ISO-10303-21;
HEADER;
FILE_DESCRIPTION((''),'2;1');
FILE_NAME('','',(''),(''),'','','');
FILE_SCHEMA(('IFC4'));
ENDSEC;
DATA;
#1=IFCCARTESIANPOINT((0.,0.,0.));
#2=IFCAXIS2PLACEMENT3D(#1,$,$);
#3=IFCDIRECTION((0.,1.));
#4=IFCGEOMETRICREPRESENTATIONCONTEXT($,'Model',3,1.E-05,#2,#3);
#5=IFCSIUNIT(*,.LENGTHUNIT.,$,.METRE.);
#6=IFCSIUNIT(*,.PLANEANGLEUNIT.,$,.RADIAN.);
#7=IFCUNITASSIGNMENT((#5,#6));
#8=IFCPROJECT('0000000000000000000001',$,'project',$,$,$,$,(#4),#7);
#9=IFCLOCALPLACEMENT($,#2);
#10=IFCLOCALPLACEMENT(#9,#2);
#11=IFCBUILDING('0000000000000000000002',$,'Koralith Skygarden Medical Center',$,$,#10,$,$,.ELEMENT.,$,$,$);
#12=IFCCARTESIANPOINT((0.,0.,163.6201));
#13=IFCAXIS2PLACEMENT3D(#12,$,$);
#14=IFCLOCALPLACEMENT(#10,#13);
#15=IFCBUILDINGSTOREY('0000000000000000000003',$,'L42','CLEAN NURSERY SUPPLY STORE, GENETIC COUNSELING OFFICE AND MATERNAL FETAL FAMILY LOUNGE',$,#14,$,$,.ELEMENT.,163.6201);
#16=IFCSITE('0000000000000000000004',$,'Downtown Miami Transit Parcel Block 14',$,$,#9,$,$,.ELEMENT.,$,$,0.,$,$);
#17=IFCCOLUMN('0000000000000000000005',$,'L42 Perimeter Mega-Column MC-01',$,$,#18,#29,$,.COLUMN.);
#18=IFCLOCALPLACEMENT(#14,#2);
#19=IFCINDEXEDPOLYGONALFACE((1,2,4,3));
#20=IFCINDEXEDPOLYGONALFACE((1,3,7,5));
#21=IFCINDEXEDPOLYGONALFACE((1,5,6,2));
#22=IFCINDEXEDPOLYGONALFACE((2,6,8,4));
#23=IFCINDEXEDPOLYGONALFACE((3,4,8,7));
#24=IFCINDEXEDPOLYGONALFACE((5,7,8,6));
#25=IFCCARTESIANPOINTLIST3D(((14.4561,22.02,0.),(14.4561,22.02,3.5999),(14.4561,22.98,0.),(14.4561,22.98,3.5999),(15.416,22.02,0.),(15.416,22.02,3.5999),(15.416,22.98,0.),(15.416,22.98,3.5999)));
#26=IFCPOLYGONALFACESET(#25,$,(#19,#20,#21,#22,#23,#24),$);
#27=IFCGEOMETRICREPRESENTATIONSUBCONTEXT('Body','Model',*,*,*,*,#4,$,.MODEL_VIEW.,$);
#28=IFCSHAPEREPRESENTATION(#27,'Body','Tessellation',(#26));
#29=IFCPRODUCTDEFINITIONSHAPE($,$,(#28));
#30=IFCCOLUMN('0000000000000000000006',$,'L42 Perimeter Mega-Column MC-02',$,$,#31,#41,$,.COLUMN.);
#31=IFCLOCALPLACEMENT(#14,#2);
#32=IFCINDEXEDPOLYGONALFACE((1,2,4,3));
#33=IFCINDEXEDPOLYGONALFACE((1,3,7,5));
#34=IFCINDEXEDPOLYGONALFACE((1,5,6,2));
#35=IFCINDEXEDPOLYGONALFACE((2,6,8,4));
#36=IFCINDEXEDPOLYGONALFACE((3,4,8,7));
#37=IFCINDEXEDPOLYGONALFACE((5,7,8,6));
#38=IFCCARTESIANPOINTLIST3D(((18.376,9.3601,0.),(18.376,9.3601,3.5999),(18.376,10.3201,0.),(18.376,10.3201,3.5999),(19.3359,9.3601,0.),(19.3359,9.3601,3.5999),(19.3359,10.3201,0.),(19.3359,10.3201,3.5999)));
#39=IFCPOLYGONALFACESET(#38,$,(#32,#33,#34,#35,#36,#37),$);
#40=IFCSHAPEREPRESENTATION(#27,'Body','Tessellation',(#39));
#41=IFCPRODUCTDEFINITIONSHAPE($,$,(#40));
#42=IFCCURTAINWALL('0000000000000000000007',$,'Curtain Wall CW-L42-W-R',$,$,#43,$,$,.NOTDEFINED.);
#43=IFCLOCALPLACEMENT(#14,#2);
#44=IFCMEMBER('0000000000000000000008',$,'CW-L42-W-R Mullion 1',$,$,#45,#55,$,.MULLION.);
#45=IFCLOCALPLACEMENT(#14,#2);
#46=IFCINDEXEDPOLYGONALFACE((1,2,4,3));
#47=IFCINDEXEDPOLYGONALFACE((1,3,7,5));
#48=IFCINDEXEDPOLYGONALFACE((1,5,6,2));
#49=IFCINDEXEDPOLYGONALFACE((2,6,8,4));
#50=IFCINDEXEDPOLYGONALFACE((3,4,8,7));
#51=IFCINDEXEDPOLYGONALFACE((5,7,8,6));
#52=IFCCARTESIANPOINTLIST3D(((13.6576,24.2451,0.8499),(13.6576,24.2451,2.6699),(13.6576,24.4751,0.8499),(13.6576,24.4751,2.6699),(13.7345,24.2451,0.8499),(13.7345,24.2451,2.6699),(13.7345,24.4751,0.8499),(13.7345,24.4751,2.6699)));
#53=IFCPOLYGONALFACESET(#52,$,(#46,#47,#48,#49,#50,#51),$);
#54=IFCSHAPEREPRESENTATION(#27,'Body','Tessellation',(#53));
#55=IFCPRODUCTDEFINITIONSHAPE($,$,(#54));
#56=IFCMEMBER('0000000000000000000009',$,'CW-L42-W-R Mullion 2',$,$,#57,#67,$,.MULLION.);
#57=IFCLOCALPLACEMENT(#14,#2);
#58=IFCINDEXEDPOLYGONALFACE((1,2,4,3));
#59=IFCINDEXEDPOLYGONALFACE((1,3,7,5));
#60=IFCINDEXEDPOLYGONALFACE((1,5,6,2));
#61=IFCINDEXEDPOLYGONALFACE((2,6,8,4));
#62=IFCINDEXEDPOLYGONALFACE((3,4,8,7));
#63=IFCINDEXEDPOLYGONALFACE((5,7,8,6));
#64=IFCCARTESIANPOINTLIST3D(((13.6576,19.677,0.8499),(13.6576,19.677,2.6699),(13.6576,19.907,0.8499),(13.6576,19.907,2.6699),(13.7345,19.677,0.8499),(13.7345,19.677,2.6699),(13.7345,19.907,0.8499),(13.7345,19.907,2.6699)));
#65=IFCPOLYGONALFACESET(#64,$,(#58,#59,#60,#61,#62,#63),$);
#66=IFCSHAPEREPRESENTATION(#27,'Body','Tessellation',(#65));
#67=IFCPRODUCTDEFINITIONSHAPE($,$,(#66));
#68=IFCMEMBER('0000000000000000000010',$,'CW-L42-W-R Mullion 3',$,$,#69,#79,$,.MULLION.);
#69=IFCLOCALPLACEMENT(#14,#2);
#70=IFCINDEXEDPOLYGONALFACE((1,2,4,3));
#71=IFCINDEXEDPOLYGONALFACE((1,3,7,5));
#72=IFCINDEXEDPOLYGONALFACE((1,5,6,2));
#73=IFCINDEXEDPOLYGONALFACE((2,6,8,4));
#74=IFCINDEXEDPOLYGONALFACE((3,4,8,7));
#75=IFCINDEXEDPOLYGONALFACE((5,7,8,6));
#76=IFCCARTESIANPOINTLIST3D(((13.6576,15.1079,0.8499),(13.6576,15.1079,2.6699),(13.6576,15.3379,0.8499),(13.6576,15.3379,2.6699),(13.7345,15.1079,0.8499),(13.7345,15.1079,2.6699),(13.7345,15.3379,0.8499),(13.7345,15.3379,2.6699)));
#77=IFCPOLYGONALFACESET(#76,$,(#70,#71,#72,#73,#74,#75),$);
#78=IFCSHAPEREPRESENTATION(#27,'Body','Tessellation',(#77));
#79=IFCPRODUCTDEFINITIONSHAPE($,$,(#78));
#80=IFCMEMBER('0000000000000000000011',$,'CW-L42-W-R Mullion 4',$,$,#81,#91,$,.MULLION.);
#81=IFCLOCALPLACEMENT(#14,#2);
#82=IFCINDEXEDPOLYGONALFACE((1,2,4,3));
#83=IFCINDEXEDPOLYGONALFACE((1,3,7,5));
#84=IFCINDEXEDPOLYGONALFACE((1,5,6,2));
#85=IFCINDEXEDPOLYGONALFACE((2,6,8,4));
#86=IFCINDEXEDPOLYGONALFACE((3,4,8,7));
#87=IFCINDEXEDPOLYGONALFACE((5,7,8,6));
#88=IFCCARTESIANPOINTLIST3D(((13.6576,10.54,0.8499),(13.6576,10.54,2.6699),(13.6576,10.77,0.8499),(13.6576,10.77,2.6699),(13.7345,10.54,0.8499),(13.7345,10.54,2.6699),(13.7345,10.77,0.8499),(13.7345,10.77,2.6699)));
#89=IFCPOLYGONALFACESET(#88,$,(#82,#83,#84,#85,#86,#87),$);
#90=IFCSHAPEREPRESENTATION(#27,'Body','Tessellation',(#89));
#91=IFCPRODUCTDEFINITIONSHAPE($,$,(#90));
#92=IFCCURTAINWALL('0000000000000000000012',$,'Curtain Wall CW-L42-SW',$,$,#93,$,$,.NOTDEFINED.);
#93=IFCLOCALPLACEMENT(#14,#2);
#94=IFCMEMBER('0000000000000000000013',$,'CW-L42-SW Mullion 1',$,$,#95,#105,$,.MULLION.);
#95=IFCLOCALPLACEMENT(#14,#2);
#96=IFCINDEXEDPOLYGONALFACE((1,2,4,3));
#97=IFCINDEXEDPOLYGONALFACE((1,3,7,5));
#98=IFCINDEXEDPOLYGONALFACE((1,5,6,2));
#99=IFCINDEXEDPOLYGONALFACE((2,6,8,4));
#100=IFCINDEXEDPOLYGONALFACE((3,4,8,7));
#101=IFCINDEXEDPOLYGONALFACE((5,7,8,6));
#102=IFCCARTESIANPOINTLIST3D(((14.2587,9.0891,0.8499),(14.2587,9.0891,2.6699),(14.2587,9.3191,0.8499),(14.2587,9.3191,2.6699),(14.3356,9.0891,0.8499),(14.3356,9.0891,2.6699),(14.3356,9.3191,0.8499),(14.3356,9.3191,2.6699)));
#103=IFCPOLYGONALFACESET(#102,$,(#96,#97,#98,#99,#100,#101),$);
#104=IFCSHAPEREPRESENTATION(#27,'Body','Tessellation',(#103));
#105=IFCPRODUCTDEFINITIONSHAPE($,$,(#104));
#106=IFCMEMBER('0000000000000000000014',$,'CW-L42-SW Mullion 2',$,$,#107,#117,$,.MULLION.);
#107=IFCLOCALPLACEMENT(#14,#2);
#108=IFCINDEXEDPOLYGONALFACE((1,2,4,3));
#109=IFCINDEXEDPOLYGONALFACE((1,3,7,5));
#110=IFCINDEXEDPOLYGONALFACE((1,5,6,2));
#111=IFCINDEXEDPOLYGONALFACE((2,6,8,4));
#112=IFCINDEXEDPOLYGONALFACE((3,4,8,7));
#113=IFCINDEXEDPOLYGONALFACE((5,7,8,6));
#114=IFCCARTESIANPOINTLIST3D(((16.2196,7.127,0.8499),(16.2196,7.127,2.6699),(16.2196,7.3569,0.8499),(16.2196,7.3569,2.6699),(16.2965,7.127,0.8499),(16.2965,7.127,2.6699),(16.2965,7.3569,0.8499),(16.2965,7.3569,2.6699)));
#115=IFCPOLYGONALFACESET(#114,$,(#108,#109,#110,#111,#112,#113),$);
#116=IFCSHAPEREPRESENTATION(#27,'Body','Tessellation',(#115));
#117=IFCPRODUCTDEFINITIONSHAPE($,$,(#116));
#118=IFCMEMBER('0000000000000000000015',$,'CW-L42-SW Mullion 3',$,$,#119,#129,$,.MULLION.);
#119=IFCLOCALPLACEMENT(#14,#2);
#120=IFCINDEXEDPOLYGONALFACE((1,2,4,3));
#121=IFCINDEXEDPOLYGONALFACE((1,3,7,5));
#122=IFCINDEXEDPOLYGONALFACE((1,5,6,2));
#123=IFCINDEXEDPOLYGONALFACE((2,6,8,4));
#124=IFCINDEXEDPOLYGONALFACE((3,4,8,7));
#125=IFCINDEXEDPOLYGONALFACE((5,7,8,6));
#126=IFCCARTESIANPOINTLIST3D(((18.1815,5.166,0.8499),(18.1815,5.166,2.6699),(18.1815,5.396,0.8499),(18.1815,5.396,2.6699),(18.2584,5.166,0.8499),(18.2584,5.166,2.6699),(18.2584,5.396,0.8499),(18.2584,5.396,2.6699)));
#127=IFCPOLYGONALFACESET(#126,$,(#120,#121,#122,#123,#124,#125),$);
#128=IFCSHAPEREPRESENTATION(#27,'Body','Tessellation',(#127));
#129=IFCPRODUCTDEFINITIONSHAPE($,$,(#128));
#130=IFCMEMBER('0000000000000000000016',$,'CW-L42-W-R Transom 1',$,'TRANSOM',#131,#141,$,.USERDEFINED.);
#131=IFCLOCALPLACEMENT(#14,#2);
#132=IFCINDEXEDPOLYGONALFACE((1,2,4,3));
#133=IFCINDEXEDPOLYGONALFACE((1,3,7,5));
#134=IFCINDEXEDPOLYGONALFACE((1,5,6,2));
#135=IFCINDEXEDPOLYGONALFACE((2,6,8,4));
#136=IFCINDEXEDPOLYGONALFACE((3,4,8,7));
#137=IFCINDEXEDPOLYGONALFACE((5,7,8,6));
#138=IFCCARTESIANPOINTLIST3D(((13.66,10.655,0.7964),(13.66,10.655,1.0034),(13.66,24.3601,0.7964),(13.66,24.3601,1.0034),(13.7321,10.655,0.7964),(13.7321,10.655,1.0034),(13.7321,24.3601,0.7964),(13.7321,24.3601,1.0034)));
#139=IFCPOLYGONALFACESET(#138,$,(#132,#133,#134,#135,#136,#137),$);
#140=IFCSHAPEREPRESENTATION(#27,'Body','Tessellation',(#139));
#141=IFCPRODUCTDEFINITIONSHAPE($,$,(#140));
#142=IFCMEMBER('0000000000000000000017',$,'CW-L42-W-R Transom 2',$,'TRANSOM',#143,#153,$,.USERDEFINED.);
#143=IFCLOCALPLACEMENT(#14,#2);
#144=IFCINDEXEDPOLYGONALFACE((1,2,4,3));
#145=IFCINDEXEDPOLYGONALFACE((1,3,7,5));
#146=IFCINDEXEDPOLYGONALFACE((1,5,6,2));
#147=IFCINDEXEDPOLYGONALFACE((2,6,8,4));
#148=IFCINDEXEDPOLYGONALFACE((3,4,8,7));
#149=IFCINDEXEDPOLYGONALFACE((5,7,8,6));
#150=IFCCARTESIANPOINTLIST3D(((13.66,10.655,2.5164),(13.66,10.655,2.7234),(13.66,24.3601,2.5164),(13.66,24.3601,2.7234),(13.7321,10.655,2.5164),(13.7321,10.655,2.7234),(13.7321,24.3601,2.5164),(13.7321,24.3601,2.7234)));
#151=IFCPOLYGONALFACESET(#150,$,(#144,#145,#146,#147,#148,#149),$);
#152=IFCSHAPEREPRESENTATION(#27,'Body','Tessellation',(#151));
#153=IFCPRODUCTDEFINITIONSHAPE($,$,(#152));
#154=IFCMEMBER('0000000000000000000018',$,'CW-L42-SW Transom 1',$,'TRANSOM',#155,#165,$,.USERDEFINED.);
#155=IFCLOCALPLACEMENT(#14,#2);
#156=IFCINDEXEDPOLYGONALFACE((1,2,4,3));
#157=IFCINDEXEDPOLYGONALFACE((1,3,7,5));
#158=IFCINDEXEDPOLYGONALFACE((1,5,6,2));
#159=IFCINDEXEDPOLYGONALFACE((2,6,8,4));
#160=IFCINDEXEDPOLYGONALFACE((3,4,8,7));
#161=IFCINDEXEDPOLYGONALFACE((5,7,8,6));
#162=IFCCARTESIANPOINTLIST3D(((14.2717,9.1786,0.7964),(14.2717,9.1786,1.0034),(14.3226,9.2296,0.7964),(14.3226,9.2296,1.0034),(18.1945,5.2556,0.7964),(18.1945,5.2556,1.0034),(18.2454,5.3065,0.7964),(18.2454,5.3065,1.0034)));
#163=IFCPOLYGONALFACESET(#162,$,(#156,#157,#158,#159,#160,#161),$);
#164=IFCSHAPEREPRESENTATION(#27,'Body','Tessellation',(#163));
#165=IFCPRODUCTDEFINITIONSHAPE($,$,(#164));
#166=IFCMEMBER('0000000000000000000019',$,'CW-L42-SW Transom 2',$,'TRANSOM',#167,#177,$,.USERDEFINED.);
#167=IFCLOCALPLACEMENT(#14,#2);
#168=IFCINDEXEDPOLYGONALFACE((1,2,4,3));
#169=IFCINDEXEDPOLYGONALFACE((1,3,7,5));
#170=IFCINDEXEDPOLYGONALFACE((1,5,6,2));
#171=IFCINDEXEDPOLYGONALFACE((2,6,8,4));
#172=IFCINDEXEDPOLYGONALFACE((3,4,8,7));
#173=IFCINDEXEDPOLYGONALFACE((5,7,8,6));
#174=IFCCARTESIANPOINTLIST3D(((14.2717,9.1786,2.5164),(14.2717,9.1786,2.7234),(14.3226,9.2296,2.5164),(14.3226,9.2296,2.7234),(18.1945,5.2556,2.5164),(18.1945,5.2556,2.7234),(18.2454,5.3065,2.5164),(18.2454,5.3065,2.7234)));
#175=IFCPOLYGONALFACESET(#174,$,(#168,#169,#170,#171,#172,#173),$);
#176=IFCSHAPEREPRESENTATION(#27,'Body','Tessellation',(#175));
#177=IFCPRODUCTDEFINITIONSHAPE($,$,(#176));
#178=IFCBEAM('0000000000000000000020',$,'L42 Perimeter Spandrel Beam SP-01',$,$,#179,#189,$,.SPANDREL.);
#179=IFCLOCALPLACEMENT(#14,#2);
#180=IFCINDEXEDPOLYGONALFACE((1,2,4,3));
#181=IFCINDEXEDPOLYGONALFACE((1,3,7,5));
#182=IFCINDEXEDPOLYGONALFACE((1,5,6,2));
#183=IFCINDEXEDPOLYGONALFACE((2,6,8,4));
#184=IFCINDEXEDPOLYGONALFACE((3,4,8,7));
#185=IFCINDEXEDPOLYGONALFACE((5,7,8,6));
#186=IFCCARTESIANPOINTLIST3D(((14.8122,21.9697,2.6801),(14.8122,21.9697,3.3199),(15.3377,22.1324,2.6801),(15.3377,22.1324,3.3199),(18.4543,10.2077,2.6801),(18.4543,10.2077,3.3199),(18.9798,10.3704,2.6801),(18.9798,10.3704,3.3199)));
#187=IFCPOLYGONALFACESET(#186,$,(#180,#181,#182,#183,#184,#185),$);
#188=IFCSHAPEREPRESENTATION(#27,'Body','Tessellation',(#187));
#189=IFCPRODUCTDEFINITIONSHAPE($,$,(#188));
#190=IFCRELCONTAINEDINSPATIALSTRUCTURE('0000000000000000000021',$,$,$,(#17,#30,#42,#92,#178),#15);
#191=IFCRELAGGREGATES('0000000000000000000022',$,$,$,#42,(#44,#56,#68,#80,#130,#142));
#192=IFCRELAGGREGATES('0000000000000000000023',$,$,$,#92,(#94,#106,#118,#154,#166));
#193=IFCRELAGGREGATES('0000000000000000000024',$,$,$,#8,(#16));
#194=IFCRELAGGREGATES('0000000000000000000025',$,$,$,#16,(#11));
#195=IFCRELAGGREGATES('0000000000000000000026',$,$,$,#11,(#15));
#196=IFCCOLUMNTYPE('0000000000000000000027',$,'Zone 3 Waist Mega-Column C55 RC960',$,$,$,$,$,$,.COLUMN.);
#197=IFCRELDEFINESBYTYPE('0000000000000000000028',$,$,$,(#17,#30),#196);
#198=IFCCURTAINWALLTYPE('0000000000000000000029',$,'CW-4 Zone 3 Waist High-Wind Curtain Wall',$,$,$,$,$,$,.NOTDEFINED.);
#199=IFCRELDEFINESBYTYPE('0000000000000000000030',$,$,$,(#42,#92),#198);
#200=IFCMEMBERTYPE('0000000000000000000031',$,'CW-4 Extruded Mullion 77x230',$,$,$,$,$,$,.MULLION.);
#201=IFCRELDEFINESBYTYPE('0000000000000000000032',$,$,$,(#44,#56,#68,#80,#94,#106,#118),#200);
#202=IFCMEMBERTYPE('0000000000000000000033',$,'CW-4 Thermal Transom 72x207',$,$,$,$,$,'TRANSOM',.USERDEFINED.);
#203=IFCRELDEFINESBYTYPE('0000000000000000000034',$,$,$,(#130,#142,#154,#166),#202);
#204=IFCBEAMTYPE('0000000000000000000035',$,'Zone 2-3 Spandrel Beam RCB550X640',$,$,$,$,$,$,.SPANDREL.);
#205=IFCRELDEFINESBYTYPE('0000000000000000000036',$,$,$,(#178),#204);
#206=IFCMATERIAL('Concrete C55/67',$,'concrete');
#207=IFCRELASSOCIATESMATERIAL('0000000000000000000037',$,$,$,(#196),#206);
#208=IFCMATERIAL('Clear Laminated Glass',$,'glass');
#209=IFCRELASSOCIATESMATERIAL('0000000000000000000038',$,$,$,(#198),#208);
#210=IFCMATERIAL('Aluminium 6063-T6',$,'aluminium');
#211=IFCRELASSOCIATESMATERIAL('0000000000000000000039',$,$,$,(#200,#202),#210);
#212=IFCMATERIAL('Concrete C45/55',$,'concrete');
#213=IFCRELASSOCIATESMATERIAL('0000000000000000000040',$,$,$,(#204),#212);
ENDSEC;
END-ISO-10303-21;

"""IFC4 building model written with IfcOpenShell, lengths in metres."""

from ifc_helpers import new_model, si_unit, direction, frame, origin, origin_2d, place, context, subcontext, project, spatial, rectangle, extrude, material, material_profile, profile_set, type_object, element, aggregate, save


model = new_model("IFC4")

# Units and contexts
model_context = context("Model", 3, precision=1e-05, world=origin(), true_north=direction((0.0, 1.0)))
body_context = subcontext(model_context, "Body", "Model", "MODEL_VIEW")
ifc_project = project(units=[si_unit("LENGTHUNIT", "METRE"), si_unit("PLANEANGLEUNIT", "RADIAN")], contexts=[model_context])

# Site, building, storey
site_placement = place(None, origin())
site = spatial("IfcSite", under=ifc_project, at=site_placement, Name="Downtown Miami Transit Parcel Block 14", CompositionType="ELEMENT", RefElevation=0.0)
building_placement = place(site_placement, origin())
building = spatial("IfcBuilding", under=site, at=building_placement, Name="Koralith Skygarden Medical Center", CompositionType="ELEMENT")
storey_placement = place(building_placement, frame((0.0, 0.0, 163.6201)))
storey = spatial("IfcBuildingStorey", under=building, at=storey_placement, Name="L42", Description="CLEAN NURSERY SUPPLY STORE, GENETIC COUNSELING OFFICE AND MATERNAL FETAL FAMILY LOUNGE", CompositionType="ELEMENT", Elevation=163.6201)

# Columns
ifc_material_1 = material(Name="Concrete C55/67", Category="concrete")
ifc_material_profile_1 = material_profile(ifc_material_1, rectangle(XDim=0.96, YDim=0.96, at=origin_2d()), Name="RC960X960")
ifc_profile_set_1 = profile_set([ifc_material_profile_1], Name="Concrete C55/67")
column_type = type_object("IfcColumnType", Name="Zone 3 Waist Mega-Column C55 RC960", PredefinedType="COLUMN", material=ifc_profile_set_1)
for number, where, z_axis, x_axis, name in (
    (1, (14.936, 22.5, 0.0), (0.0, 0.0, 1.0), (1.0, 0.0, 0.0), "L42 Perimeter Mega-Column MC-01"),
    (2, (18.856, 9.8401, 0.0), (0.0, 0.0, 1.0), (1.0, 0.0, 0.0), "L42 Perimeter Mega-Column MC-02"),
):
    element("IfcColumn", number, at=place(storey_placement, frame(where, z_axis=z_axis, x_axis=x_axis)), inside=storey, type_object=column_type, Name=name, PredefinedType="COLUMN", context=body_context, shape_type="SweptSolid", body=[
        extrude(rectangle(XDim=0.96, YDim=0.96, at=origin_2d()), origin(), (0.0, 0.0, 1.0), 3.5999),
    ])

# Curtain walls, members
ifc_material_2 = material(Name="Clear Laminated Glass", Category="glass")
curtain_wall_type = type_object("IfcCurtainWallType", Name="CW-4 Zone 3 Waist High-Wind Curtain Wall", PredefinedType="NOTDEFINED", material=ifc_material_2)
curtain_wall_1_placement = place(storey_placement, origin())
curtain_wall_1 = element("IfcCurtainWall", 3, at=curtain_wall_1_placement, inside=storey, type_object=curtain_wall_type, Name="Curtain Wall CW-L42-W-R", PredefinedType="NOTDEFINED")
ifc_material_3 = material(Name="Aluminium 6063-T6", Category="aluminium")
ifc_material_profile_2 = material_profile(ifc_material_3, rectangle(XDim=0.0769, YDim=0.23, at=origin_2d()), Name="MUL77X230")
ifc_profile_set_2 = profile_set([ifc_material_profile_2], Name="Aluminium 6063-T6")
member_type_1 = type_object("IfcMemberType", Name="CW-4 Extruded Mullion 77x230", PredefinedType="MULLION", material=ifc_profile_set_2)
member_1_placement = place(storey_placement, frame((13.696, 24.3601, 0.8499), z_axis=(0.0, 0.0, 1.0), x_axis=(1.0, 0.0, 0.0)))
member_1 = element("IfcMember", 4, at=member_1_placement, type_object=member_type_1, Name="CW-L42-W-R Mullion 1", PredefinedType="MULLION", context=body_context, shape_type="SweptSolid", body=[
    extrude(rectangle(XDim=0.0769, YDim=0.23, at=origin_2d()), origin(), (0.0, 0.0, 1.0), 1.8201),
])
member_2_placement = place(storey_placement, frame((13.696, 19.792, 0.8499), z_axis=(0.0, 0.0, 1.0), x_axis=(1.0, 0.0, 0.0)))
member_2 = element("IfcMember", 5, at=member_2_placement, type_object=member_type_1, Name="CW-L42-W-R Mullion 2", PredefinedType="MULLION", context=body_context, shape_type="SweptSolid", body=[
    extrude(rectangle(XDim=0.0769, YDim=0.23, at=origin_2d()), origin(), (0.0, 0.0, 1.0), 1.8201),
])
member_3_placement = place(storey_placement, frame((13.696, 15.2229, 0.8499), z_axis=(0.0, 0.0, 1.0), x_axis=(1.0, 0.0, 0.0)))
member_3 = element("IfcMember", 6, at=member_3_placement, type_object=member_type_1, Name="CW-L42-W-R Mullion 3", PredefinedType="MULLION", context=body_context, shape_type="SweptSolid", body=[
    extrude(rectangle(XDim=0.0769, YDim=0.23, at=origin_2d()), origin(), (0.0, 0.0, 1.0), 1.8201),
])
member_4_placement = place(storey_placement, frame((13.696, 10.655, 0.8499), z_axis=(0.0, 0.0, 1.0), x_axis=(1.0, 0.0, 0.0)))
member_4 = element("IfcMember", 7, at=member_4_placement, type_object=member_type_1, Name="CW-L42-W-R Mullion 4", PredefinedType="MULLION", context=body_context, shape_type="SweptSolid", body=[
    extrude(rectangle(XDim=0.0769, YDim=0.23, at=origin_2d()), origin(), (0.0, 0.0, 1.0), 1.8201),
])
curtain_wall_2_placement = place(storey_placement, origin())
curtain_wall_2 = element("IfcCurtainWall", 8, at=curtain_wall_2_placement, inside=storey, type_object=curtain_wall_type, Name="Curtain Wall CW-L42-SW", PredefinedType="NOTDEFINED")
member_5_placement = place(storey_placement, frame((14.2971, 9.2041, 0.8499), z_axis=(0.0, 0.0, 1.0), x_axis=(1.0, 0.0, 0.0)))
member_5 = element("IfcMember", 9, at=member_5_placement, type_object=member_type_1, Name="CW-L42-SW Mullion 1", PredefinedType="MULLION", context=body_context, shape_type="SweptSolid", body=[
    extrude(rectangle(XDim=0.0769, YDim=0.23, at=origin_2d()), origin(), (0.0, 0.0, 1.0), 1.8201),
])
member_6_placement = place(storey_placement, frame((16.2581, 7.2419, 0.8499), z_axis=(0.0, 0.0, 1.0), x_axis=(1.0, 0.0, 0.0)))
member_6 = element("IfcMember", 10, at=member_6_placement, type_object=member_type_1, Name="CW-L42-SW Mullion 2", PredefinedType="MULLION", context=body_context, shape_type="SweptSolid", body=[
    extrude(rectangle(XDim=0.0769, YDim=0.23, at=origin_2d()), origin(), (0.0, 0.0, 1.0), 1.8201),
])
member_7_placement = place(storey_placement, frame((18.22, 5.281, 0.8499), z_axis=(0.0, 0.0, 1.0), x_axis=(1.0, 0.0, 0.0)))
member_7 = element("IfcMember", 11, at=member_7_placement, type_object=member_type_1, Name="CW-L42-SW Mullion 3", PredefinedType="MULLION", context=body_context, shape_type="SweptSolid", body=[
    extrude(rectangle(XDim=0.0769, YDim=0.23, at=origin_2d()), origin(), (0.0, 0.0, 1.0), 1.8201),
])

# Members
ifc_material_profile_3 = material_profile(ifc_material_3, rectangle(XDim=0.072, YDim=0.207, at=origin_2d()), Name="TRN72X207")
ifc_profile_set_3 = profile_set([ifc_material_profile_3], Name="Aluminium 6063-T6")
member_type_2 = type_object("IfcMemberType", Name="CW-4 Thermal Transom 72x207", ElementType="TRANSOM", PredefinedType="USERDEFINED", material=ifc_profile_set_3)
member_8_placement = place(storey_placement, frame((13.696, 24.3601, 0.8999), z_axis=(0.0, -1.0, 0.0), x_axis=(1.0, 0.0, 0.0)))
member_8 = element("IfcMember", 12, at=member_8_placement, type_object=member_type_2, Name="CW-L42-W-R Transom 1", ObjectType="TRANSOM", PredefinedType="USERDEFINED", context=body_context, shape_type="SweptSolid", body=[
    extrude(rectangle(XDim=0.072, YDim=0.207, at=origin_2d()), origin(), (0.0, 0.0, 1.0), 13.7051),
])
member_9_placement = place(storey_placement, frame((13.696, 24.3601, 2.6199), z_axis=(0.0, -1.0, 0.0), x_axis=(1.0, 0.0, 0.0)))
member_9 = element("IfcMember", 13, at=member_9_placement, type_object=member_type_2, Name="CW-L42-W-R Transom 2", ObjectType="TRANSOM", PredefinedType="USERDEFINED", context=body_context, shape_type="SweptSolid", body=[
    extrude(rectangle(XDim=0.072, YDim=0.207, at=origin_2d()), origin(), (0.0, 0.0, 1.0), 13.7051),
])
member_10_placement = place(storey_placement, frame((14.2971, 9.2041, 0.8999), z_axis=(0.707085, -0.707129, 0.0), x_axis=(0.707129, 0.707085, 0.0)))
member_10 = element("IfcMember", 14, at=member_10_placement, type_object=member_type_2, Name="CW-L42-SW Transom 1", ObjectType="TRANSOM", PredefinedType="USERDEFINED", context=body_context, shape_type="SweptSolid", body=[
    extrude(rectangle(XDim=0.072, YDim=0.207, at=origin_2d()), origin(), (0.0, 0.0, 1.0), 5.5479),
])
member_11_placement = place(storey_placement, frame((14.2971, 9.2041, 2.6199), z_axis=(0.707085, -0.707129, 0.0), x_axis=(0.707129, 0.707085, 0.0)))
member_11 = element("IfcMember", 15, at=member_11_placement, type_object=member_type_2, Name="CW-L42-SW Transom 2", ObjectType="TRANSOM", PredefinedType="USERDEFINED", context=body_context, shape_type="SweptSolid", body=[
    extrude(rectangle(XDim=0.072, YDim=0.207, at=origin_2d()), origin(), (0.0, 0.0, 1.0), 5.5479),
])

# Beam
ifc_material_4 = material(Name="Concrete C45/55", Category="concrete")
ifc_material_profile_4 = material_profile(ifc_material_4, rectangle(XDim=0.55, YDim=0.6399, at=origin_2d()), Name="RCB550X640")
ifc_profile_set_4 = profile_set([ifc_material_profile_4], Name="Concrete C45/55")
beam_type = type_object("IfcBeamType", Name="Zone 2-3 Spandrel Beam RCB550X640", PredefinedType="SPANDREL", material=ifc_profile_set_4)
beam_1_placement = place(storey_placement, frame((15.075, 22.051, 3.0), z_axis=(0.295794, -0.955252, 0.0), x_axis=(0.955252, 0.295794, 0.0)))
element("IfcBeam", 16, at=beam_1_placement, inside=storey, type_object=beam_type, Name="L42 Perimeter Spandrel Beam SP-01", PredefinedType="SPANDREL", context=body_context, shape_type="SweptSolid", body=[
    extrude(rectangle(XDim=0.55, YDim=0.6399, at=origin_2d()), origin(), (0.0, 0.0, 1.0), 12.313),
])

aggregate(curtain_wall_1, [member_1, member_2, member_3, member_4, member_8, member_9])
aggregate(curtain_wall_2, [member_5, member_6, member_7, member_10, member_11])

save(model, "model.ifc")
